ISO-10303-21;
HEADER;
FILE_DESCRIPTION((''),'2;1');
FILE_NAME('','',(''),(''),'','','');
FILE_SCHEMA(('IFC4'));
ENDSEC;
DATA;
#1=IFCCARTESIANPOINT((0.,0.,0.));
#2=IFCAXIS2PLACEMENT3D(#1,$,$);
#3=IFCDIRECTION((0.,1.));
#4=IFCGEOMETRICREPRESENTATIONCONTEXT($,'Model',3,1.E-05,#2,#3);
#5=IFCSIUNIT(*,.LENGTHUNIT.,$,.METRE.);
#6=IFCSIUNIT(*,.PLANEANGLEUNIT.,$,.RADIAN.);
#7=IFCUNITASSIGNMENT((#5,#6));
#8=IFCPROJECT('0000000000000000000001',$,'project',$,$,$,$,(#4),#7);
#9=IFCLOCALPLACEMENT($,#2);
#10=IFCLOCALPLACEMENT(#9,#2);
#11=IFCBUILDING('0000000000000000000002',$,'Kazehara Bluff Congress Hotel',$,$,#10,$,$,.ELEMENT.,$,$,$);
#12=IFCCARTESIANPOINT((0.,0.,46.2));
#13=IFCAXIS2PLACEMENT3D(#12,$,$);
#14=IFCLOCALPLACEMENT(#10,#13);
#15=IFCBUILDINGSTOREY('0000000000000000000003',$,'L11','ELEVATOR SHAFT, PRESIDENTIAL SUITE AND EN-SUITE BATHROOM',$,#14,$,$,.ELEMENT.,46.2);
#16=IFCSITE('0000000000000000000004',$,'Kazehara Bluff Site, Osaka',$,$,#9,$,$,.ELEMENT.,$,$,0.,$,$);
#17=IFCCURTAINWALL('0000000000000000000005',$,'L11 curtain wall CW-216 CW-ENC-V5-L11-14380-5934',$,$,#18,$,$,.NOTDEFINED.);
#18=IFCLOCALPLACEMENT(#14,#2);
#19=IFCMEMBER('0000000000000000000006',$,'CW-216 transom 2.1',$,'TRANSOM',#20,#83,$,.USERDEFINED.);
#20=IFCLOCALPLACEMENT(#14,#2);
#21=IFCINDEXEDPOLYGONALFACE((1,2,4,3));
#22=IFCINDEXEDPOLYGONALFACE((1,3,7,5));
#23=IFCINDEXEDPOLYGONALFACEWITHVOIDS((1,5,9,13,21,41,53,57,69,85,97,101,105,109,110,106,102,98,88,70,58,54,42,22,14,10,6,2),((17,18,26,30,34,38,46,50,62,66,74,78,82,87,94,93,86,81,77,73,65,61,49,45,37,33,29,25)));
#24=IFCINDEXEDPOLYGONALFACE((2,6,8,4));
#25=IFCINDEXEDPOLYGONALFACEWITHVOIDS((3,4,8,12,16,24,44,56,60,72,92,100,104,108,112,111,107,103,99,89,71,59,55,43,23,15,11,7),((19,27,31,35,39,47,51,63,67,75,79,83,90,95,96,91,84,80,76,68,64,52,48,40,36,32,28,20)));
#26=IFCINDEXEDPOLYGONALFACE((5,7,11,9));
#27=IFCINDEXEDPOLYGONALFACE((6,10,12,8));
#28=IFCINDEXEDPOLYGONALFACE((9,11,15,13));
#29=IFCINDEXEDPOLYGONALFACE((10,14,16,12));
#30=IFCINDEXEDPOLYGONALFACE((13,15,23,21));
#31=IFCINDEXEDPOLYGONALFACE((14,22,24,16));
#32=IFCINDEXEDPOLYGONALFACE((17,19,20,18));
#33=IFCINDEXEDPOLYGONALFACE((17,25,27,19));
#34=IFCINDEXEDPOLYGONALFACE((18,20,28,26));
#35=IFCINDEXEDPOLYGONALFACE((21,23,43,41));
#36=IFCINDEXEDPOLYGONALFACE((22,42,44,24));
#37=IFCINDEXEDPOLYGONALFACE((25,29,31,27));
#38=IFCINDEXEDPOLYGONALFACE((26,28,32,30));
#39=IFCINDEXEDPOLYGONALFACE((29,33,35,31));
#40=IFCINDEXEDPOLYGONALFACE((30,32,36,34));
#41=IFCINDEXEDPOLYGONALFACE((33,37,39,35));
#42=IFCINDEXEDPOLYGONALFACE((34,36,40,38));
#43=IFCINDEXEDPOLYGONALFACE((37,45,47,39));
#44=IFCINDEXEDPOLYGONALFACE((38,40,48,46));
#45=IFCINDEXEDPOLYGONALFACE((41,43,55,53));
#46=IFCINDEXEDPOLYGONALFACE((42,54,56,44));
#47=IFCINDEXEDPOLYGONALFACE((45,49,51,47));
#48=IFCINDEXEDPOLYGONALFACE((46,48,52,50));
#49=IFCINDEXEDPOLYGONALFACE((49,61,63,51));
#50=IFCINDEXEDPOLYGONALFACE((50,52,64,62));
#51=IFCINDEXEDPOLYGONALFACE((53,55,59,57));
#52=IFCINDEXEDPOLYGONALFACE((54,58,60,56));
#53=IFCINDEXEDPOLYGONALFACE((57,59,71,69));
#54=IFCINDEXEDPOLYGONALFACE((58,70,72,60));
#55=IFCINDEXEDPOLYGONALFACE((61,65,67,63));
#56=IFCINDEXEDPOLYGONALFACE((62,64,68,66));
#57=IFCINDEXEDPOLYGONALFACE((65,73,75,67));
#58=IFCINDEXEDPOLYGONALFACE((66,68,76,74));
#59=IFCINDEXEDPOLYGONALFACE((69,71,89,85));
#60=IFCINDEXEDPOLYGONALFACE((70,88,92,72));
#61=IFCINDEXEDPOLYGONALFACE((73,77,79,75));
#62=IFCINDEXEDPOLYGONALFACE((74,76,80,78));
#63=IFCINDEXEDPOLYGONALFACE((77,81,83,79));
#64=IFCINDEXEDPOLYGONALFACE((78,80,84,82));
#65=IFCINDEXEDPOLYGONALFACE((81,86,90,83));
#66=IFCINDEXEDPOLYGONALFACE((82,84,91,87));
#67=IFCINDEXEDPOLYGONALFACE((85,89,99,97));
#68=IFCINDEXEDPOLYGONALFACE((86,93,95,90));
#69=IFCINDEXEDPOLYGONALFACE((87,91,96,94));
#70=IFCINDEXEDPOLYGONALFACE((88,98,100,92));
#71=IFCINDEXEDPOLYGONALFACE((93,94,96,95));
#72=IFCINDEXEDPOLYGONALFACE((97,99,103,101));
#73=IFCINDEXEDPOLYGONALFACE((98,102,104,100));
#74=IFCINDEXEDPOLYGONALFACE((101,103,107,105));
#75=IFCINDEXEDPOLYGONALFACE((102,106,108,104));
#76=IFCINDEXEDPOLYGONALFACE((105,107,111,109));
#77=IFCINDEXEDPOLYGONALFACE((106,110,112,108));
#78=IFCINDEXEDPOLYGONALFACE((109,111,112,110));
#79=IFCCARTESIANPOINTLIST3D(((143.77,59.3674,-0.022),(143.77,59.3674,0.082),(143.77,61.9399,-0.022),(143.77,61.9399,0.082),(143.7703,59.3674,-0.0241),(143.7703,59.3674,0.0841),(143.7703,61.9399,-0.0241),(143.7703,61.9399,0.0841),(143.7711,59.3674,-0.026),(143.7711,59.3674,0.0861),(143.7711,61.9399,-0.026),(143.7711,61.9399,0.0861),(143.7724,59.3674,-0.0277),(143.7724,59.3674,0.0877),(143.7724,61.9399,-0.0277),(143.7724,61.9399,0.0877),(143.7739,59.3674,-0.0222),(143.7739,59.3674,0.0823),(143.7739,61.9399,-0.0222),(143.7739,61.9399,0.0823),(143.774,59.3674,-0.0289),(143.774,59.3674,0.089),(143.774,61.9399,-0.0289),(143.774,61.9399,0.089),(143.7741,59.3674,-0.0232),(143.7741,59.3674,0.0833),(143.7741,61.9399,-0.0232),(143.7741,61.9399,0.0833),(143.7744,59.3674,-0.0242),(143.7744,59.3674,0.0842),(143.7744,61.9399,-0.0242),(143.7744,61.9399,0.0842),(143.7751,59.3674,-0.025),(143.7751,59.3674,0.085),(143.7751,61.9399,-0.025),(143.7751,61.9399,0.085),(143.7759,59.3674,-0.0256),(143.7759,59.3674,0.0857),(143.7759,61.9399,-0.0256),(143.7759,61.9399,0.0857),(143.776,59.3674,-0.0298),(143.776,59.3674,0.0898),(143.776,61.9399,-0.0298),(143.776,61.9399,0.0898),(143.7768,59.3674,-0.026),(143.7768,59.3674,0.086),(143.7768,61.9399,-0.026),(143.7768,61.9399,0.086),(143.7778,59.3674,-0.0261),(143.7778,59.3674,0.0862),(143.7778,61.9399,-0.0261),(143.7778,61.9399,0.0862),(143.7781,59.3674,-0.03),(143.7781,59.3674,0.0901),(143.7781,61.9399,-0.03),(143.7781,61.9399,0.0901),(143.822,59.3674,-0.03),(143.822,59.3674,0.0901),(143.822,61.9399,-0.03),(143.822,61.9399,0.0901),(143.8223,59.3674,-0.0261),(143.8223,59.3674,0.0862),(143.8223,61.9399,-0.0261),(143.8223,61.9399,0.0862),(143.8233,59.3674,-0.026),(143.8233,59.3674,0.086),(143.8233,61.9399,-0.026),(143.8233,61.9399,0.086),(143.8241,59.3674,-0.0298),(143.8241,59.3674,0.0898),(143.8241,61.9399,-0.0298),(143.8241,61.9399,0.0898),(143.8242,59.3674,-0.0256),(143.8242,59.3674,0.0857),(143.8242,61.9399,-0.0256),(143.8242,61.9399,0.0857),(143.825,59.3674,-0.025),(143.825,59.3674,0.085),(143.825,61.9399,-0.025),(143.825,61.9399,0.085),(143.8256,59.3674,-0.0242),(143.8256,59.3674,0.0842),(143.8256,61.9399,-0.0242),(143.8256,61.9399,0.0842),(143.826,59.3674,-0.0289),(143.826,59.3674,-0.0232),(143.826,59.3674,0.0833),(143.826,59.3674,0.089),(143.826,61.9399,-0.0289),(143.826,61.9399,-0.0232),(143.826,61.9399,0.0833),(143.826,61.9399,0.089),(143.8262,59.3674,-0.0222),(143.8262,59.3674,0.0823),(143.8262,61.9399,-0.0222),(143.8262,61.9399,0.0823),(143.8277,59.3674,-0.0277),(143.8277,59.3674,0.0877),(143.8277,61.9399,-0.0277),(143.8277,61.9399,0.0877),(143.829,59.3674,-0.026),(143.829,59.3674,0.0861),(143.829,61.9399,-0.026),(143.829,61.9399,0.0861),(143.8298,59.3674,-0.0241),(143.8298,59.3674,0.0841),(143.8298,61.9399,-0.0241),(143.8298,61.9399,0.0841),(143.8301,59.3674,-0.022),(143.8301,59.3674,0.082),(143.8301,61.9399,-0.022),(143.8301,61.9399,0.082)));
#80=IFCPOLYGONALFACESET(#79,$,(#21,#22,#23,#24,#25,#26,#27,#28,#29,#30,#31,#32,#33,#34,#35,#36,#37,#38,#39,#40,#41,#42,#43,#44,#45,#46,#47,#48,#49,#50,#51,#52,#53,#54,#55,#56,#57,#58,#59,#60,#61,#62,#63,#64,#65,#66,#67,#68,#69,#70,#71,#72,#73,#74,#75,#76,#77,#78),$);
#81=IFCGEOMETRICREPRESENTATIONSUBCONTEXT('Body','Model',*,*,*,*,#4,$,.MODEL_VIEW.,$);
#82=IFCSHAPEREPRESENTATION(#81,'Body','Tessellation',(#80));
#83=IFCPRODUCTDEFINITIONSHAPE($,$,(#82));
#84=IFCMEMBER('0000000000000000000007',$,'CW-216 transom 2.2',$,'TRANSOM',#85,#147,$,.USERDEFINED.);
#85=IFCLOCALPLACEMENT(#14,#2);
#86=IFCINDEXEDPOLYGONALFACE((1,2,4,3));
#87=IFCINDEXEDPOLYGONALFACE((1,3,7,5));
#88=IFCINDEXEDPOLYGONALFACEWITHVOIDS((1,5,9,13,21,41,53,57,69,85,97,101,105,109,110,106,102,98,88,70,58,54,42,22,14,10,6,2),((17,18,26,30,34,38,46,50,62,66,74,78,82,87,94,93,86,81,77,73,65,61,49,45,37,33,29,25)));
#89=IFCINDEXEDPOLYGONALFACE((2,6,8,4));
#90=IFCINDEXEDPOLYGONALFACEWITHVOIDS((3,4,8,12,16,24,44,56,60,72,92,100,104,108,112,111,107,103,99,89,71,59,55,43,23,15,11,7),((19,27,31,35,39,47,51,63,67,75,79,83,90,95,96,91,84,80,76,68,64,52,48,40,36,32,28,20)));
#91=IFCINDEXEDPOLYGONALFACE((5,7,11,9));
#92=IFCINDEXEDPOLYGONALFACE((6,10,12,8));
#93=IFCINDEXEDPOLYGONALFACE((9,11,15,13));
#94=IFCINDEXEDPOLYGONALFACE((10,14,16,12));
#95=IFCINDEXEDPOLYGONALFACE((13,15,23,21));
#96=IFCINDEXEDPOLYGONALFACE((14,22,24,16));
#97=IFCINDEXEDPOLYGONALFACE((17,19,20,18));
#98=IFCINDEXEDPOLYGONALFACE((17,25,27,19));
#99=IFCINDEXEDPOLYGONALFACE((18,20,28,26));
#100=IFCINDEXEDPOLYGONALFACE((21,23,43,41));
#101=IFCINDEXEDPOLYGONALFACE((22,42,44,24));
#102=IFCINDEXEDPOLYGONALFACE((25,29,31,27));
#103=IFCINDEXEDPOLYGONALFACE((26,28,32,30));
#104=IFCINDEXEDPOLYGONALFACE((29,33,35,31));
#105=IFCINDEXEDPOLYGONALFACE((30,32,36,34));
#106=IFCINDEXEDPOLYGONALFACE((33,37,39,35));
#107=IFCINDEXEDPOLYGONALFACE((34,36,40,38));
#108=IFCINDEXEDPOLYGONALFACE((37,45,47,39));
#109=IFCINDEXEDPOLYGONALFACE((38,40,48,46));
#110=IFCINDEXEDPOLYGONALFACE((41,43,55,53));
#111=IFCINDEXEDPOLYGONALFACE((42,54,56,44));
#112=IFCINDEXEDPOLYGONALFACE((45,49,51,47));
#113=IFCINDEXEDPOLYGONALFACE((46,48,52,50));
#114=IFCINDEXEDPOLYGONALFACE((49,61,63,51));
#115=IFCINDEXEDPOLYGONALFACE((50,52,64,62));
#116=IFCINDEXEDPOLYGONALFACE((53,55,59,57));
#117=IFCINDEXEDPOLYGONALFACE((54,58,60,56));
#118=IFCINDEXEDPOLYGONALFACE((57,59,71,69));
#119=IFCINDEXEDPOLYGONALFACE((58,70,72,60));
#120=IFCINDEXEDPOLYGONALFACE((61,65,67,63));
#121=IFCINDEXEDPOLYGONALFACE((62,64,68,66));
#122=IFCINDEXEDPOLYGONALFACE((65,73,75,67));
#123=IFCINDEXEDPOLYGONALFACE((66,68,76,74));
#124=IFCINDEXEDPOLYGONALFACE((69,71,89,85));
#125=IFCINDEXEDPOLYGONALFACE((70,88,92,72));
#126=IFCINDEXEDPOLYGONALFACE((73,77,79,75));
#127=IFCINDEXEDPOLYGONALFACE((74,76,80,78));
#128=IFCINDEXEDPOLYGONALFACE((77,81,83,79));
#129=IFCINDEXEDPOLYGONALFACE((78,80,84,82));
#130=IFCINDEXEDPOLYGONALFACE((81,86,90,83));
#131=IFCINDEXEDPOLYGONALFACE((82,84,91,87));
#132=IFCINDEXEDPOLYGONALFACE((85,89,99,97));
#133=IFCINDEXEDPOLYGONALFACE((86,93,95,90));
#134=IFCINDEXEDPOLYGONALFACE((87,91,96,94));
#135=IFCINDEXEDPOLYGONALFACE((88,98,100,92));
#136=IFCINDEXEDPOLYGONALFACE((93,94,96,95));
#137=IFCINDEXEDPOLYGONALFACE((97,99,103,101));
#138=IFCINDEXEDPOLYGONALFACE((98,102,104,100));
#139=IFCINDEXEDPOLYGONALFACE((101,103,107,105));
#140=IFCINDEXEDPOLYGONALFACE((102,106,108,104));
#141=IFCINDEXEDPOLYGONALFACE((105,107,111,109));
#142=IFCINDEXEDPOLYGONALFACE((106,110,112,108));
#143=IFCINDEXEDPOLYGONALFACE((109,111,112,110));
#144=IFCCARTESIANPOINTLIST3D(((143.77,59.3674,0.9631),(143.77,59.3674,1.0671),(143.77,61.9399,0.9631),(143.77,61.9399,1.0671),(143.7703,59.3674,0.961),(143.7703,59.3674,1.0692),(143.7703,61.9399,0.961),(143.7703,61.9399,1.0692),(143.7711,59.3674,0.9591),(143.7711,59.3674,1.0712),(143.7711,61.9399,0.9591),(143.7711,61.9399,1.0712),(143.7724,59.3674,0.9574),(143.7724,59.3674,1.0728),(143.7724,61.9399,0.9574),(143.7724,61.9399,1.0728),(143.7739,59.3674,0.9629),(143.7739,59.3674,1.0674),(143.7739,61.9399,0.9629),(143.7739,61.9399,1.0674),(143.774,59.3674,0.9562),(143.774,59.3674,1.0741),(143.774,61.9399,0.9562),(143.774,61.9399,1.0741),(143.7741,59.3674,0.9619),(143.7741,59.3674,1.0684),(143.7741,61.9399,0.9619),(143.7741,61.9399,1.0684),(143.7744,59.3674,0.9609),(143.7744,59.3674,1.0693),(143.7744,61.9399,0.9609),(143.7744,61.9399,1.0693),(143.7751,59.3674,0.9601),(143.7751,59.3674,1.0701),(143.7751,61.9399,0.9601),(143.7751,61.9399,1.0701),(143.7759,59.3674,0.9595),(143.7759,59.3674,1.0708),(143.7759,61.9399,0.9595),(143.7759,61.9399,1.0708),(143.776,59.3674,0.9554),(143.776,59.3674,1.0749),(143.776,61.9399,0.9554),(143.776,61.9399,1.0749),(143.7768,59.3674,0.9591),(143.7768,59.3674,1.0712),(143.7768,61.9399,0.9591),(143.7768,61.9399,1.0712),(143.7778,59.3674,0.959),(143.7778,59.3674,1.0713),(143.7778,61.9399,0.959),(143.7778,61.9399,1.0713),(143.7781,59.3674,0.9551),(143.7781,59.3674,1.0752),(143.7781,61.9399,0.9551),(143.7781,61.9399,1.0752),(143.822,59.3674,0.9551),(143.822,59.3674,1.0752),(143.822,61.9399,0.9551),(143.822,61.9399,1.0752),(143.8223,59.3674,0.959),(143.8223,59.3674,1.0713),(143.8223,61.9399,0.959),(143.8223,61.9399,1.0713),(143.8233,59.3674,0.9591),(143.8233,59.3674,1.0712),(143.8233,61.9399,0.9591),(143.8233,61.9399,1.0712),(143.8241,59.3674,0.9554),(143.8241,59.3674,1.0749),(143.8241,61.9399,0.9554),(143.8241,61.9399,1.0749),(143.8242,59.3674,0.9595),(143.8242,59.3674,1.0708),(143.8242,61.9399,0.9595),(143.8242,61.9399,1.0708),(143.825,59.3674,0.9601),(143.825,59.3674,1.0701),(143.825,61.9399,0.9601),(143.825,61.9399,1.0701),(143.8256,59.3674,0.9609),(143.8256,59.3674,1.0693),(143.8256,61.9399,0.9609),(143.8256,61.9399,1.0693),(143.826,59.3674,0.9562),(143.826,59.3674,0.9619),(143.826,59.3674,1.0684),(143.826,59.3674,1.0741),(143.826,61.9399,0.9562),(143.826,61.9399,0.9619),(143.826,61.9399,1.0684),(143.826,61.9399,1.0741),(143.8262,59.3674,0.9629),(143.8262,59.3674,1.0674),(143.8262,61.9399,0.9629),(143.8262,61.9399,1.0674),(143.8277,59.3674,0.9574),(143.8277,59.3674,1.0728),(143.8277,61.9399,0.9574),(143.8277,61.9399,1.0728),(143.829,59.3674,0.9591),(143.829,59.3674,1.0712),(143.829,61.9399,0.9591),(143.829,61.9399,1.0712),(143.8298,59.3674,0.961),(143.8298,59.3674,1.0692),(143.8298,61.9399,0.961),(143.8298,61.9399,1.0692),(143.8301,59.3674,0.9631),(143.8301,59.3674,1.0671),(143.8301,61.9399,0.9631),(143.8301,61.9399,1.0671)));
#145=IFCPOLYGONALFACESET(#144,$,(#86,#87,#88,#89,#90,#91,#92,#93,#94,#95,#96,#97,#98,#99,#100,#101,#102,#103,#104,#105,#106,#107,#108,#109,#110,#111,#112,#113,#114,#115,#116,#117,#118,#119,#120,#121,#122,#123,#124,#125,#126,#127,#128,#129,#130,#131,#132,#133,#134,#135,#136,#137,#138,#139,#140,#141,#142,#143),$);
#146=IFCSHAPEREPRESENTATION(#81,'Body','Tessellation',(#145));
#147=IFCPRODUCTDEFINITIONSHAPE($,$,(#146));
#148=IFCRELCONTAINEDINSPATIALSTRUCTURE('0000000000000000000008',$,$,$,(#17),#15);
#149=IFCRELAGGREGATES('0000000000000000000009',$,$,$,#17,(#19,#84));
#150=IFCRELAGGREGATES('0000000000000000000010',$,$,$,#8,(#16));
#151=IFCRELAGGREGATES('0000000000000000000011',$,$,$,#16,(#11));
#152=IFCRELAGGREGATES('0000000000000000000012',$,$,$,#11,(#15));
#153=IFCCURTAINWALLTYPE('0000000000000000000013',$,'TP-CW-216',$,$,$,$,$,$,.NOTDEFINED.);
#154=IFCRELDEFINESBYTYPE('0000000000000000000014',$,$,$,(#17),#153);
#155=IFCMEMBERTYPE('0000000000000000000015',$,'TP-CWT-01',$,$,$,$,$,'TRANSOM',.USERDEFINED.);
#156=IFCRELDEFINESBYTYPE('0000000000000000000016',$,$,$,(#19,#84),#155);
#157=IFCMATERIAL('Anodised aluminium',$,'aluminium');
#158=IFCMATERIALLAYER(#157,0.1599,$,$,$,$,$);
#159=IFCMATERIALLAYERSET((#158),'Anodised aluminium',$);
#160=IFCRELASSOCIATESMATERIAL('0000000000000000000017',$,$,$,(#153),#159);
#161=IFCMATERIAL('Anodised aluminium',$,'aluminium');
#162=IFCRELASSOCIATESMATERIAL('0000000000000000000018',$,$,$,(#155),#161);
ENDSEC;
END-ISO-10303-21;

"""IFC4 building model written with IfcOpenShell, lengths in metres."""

from ifc_helpers import new_model, si_unit, direction, frame, origin, origin_2d, place, context, subcontext, project, spatial, hollow_rectangle, extrude, material, layer, layer_set, material_profile, profile_set, type_object, element, aggregate, save


model = new_model("IFC4")

# Units and contexts
model_context = context("Model", 3, precision=1e-05, world=origin(), true_north=direction((0.0, 1.0)))
body_context = subcontext(model_context, "Body", "Model", "MODEL_VIEW")
ifc_project = project(units=[si_unit("LENGTHUNIT", "METRE"), si_unit("PLANEANGLEUNIT", "RADIAN")], contexts=[model_context])

# Site, building, storey
site_placement = place(None, origin())
site = spatial("IfcSite", under=ifc_project, at=site_placement, Name="Kazehara Bluff Site, Osaka", CompositionType="ELEMENT", RefElevation=0.0)
building_placement = place(site_placement, origin())
building = spatial("IfcBuilding", under=site, at=building_placement, Name="Kazehara Bluff Congress Hotel", CompositionType="ELEMENT")
storey_placement = place(building_placement, frame((0.0, 0.0, 46.2)))
storey = spatial("IfcBuildingStorey", under=building, at=storey_placement, Name="L11", Description="ELEVATOR SHAFT, PRESIDENTIAL SUITE AND EN-SUITE BATHROOM", CompositionType="ELEMENT", Elevation=46.2)

# Curtain wall, members
ifc_material_1 = material(Name="Anodised aluminium", Category="aluminium")
ifc_layer_1 = layer(ifc_material_1, 0.1599)
ifc_layer_set_1 = layer_set([ifc_layer_1], Name="Anodised aluminium")
curtain_wall_type_1 = type_object("IfcCurtainWallType", Name="TP-CW-216", PredefinedType="NOTDEFINED", material=ifc_layer_set_1)
curtain_wall_1_placement = place(storey_placement, origin())
curtain_wall_1 = element("IfcCurtainWall", 1, at=curtain_wall_1_placement, inside=storey, type_object=curtain_wall_type_1, Name="L11 curtain wall CW-216 CW-ENC-V5-L11-14380-5934", PredefinedType="NOTDEFINED")
ifc_material_2 = material(Name="Anodised aluminium", Category="aluminium")
ifc_material_profile_1 = material_profile(ifc_material_2, hollow_rectangle(XDim=0.0601, YDim=0.1201, WallThickness=0.0039, InnerFilletRadius=0.0039, OuterFilletRadius=0.0081, at=origin_2d()))
ifc_profile_set_1 = profile_set([ifc_material_profile_1], Name="Anodised aluminium")
member_type_1 = type_object("IfcMemberType", Name="TP-CWT-01", ElementType="TRANSOM", PredefinedType="USERDEFINED", material=ifc_profile_set_1)
member_1_placement = place(storey_placement, frame((143.8, 59.3674, 0.03), z_axis=(0.0, 1.0, 0.0), x_axis=(-1.0, 0.0, 0.0)))
member_1 = element("IfcMember", 2, at=member_1_placement, type_object=member_type_1, Name="CW-216 transom 2.1", ObjectType="TRANSOM", PredefinedType="USERDEFINED", context=body_context, shape_type="SweptSolid", body=[
    extrude(hollow_rectangle(XDim=0.0601, YDim=0.1201, WallThickness=0.0039, InnerFilletRadius=0.0039, OuterFilletRadius=0.0081, at=origin_2d()), origin(), (0.0, 0.0, 1.0), 2.5725),
])
member_2_placement = place(storey_placement, frame((143.8, 59.3674, 1.0151), z_axis=(0.0, 1.0, 0.0), x_axis=(-1.0, 0.0, 0.0)))
member_2 = element("IfcMember", 3, at=member_2_placement, type_object=member_type_1, Name="CW-216 transom 2.2", ObjectType="TRANSOM", PredefinedType="USERDEFINED", context=body_context, shape_type="SweptSolid", body=[
    extrude(hollow_rectangle(XDim=0.0601, YDim=0.1201, WallThickness=0.0039, InnerFilletRadius=0.0039, OuterFilletRadius=0.0081, at=origin_2d()), origin(), (0.0, 0.0, 1.0), 2.5725),
])

aggregate(curtain_wall_1, [member_1, member_2])

save(model, "model.ifc")
